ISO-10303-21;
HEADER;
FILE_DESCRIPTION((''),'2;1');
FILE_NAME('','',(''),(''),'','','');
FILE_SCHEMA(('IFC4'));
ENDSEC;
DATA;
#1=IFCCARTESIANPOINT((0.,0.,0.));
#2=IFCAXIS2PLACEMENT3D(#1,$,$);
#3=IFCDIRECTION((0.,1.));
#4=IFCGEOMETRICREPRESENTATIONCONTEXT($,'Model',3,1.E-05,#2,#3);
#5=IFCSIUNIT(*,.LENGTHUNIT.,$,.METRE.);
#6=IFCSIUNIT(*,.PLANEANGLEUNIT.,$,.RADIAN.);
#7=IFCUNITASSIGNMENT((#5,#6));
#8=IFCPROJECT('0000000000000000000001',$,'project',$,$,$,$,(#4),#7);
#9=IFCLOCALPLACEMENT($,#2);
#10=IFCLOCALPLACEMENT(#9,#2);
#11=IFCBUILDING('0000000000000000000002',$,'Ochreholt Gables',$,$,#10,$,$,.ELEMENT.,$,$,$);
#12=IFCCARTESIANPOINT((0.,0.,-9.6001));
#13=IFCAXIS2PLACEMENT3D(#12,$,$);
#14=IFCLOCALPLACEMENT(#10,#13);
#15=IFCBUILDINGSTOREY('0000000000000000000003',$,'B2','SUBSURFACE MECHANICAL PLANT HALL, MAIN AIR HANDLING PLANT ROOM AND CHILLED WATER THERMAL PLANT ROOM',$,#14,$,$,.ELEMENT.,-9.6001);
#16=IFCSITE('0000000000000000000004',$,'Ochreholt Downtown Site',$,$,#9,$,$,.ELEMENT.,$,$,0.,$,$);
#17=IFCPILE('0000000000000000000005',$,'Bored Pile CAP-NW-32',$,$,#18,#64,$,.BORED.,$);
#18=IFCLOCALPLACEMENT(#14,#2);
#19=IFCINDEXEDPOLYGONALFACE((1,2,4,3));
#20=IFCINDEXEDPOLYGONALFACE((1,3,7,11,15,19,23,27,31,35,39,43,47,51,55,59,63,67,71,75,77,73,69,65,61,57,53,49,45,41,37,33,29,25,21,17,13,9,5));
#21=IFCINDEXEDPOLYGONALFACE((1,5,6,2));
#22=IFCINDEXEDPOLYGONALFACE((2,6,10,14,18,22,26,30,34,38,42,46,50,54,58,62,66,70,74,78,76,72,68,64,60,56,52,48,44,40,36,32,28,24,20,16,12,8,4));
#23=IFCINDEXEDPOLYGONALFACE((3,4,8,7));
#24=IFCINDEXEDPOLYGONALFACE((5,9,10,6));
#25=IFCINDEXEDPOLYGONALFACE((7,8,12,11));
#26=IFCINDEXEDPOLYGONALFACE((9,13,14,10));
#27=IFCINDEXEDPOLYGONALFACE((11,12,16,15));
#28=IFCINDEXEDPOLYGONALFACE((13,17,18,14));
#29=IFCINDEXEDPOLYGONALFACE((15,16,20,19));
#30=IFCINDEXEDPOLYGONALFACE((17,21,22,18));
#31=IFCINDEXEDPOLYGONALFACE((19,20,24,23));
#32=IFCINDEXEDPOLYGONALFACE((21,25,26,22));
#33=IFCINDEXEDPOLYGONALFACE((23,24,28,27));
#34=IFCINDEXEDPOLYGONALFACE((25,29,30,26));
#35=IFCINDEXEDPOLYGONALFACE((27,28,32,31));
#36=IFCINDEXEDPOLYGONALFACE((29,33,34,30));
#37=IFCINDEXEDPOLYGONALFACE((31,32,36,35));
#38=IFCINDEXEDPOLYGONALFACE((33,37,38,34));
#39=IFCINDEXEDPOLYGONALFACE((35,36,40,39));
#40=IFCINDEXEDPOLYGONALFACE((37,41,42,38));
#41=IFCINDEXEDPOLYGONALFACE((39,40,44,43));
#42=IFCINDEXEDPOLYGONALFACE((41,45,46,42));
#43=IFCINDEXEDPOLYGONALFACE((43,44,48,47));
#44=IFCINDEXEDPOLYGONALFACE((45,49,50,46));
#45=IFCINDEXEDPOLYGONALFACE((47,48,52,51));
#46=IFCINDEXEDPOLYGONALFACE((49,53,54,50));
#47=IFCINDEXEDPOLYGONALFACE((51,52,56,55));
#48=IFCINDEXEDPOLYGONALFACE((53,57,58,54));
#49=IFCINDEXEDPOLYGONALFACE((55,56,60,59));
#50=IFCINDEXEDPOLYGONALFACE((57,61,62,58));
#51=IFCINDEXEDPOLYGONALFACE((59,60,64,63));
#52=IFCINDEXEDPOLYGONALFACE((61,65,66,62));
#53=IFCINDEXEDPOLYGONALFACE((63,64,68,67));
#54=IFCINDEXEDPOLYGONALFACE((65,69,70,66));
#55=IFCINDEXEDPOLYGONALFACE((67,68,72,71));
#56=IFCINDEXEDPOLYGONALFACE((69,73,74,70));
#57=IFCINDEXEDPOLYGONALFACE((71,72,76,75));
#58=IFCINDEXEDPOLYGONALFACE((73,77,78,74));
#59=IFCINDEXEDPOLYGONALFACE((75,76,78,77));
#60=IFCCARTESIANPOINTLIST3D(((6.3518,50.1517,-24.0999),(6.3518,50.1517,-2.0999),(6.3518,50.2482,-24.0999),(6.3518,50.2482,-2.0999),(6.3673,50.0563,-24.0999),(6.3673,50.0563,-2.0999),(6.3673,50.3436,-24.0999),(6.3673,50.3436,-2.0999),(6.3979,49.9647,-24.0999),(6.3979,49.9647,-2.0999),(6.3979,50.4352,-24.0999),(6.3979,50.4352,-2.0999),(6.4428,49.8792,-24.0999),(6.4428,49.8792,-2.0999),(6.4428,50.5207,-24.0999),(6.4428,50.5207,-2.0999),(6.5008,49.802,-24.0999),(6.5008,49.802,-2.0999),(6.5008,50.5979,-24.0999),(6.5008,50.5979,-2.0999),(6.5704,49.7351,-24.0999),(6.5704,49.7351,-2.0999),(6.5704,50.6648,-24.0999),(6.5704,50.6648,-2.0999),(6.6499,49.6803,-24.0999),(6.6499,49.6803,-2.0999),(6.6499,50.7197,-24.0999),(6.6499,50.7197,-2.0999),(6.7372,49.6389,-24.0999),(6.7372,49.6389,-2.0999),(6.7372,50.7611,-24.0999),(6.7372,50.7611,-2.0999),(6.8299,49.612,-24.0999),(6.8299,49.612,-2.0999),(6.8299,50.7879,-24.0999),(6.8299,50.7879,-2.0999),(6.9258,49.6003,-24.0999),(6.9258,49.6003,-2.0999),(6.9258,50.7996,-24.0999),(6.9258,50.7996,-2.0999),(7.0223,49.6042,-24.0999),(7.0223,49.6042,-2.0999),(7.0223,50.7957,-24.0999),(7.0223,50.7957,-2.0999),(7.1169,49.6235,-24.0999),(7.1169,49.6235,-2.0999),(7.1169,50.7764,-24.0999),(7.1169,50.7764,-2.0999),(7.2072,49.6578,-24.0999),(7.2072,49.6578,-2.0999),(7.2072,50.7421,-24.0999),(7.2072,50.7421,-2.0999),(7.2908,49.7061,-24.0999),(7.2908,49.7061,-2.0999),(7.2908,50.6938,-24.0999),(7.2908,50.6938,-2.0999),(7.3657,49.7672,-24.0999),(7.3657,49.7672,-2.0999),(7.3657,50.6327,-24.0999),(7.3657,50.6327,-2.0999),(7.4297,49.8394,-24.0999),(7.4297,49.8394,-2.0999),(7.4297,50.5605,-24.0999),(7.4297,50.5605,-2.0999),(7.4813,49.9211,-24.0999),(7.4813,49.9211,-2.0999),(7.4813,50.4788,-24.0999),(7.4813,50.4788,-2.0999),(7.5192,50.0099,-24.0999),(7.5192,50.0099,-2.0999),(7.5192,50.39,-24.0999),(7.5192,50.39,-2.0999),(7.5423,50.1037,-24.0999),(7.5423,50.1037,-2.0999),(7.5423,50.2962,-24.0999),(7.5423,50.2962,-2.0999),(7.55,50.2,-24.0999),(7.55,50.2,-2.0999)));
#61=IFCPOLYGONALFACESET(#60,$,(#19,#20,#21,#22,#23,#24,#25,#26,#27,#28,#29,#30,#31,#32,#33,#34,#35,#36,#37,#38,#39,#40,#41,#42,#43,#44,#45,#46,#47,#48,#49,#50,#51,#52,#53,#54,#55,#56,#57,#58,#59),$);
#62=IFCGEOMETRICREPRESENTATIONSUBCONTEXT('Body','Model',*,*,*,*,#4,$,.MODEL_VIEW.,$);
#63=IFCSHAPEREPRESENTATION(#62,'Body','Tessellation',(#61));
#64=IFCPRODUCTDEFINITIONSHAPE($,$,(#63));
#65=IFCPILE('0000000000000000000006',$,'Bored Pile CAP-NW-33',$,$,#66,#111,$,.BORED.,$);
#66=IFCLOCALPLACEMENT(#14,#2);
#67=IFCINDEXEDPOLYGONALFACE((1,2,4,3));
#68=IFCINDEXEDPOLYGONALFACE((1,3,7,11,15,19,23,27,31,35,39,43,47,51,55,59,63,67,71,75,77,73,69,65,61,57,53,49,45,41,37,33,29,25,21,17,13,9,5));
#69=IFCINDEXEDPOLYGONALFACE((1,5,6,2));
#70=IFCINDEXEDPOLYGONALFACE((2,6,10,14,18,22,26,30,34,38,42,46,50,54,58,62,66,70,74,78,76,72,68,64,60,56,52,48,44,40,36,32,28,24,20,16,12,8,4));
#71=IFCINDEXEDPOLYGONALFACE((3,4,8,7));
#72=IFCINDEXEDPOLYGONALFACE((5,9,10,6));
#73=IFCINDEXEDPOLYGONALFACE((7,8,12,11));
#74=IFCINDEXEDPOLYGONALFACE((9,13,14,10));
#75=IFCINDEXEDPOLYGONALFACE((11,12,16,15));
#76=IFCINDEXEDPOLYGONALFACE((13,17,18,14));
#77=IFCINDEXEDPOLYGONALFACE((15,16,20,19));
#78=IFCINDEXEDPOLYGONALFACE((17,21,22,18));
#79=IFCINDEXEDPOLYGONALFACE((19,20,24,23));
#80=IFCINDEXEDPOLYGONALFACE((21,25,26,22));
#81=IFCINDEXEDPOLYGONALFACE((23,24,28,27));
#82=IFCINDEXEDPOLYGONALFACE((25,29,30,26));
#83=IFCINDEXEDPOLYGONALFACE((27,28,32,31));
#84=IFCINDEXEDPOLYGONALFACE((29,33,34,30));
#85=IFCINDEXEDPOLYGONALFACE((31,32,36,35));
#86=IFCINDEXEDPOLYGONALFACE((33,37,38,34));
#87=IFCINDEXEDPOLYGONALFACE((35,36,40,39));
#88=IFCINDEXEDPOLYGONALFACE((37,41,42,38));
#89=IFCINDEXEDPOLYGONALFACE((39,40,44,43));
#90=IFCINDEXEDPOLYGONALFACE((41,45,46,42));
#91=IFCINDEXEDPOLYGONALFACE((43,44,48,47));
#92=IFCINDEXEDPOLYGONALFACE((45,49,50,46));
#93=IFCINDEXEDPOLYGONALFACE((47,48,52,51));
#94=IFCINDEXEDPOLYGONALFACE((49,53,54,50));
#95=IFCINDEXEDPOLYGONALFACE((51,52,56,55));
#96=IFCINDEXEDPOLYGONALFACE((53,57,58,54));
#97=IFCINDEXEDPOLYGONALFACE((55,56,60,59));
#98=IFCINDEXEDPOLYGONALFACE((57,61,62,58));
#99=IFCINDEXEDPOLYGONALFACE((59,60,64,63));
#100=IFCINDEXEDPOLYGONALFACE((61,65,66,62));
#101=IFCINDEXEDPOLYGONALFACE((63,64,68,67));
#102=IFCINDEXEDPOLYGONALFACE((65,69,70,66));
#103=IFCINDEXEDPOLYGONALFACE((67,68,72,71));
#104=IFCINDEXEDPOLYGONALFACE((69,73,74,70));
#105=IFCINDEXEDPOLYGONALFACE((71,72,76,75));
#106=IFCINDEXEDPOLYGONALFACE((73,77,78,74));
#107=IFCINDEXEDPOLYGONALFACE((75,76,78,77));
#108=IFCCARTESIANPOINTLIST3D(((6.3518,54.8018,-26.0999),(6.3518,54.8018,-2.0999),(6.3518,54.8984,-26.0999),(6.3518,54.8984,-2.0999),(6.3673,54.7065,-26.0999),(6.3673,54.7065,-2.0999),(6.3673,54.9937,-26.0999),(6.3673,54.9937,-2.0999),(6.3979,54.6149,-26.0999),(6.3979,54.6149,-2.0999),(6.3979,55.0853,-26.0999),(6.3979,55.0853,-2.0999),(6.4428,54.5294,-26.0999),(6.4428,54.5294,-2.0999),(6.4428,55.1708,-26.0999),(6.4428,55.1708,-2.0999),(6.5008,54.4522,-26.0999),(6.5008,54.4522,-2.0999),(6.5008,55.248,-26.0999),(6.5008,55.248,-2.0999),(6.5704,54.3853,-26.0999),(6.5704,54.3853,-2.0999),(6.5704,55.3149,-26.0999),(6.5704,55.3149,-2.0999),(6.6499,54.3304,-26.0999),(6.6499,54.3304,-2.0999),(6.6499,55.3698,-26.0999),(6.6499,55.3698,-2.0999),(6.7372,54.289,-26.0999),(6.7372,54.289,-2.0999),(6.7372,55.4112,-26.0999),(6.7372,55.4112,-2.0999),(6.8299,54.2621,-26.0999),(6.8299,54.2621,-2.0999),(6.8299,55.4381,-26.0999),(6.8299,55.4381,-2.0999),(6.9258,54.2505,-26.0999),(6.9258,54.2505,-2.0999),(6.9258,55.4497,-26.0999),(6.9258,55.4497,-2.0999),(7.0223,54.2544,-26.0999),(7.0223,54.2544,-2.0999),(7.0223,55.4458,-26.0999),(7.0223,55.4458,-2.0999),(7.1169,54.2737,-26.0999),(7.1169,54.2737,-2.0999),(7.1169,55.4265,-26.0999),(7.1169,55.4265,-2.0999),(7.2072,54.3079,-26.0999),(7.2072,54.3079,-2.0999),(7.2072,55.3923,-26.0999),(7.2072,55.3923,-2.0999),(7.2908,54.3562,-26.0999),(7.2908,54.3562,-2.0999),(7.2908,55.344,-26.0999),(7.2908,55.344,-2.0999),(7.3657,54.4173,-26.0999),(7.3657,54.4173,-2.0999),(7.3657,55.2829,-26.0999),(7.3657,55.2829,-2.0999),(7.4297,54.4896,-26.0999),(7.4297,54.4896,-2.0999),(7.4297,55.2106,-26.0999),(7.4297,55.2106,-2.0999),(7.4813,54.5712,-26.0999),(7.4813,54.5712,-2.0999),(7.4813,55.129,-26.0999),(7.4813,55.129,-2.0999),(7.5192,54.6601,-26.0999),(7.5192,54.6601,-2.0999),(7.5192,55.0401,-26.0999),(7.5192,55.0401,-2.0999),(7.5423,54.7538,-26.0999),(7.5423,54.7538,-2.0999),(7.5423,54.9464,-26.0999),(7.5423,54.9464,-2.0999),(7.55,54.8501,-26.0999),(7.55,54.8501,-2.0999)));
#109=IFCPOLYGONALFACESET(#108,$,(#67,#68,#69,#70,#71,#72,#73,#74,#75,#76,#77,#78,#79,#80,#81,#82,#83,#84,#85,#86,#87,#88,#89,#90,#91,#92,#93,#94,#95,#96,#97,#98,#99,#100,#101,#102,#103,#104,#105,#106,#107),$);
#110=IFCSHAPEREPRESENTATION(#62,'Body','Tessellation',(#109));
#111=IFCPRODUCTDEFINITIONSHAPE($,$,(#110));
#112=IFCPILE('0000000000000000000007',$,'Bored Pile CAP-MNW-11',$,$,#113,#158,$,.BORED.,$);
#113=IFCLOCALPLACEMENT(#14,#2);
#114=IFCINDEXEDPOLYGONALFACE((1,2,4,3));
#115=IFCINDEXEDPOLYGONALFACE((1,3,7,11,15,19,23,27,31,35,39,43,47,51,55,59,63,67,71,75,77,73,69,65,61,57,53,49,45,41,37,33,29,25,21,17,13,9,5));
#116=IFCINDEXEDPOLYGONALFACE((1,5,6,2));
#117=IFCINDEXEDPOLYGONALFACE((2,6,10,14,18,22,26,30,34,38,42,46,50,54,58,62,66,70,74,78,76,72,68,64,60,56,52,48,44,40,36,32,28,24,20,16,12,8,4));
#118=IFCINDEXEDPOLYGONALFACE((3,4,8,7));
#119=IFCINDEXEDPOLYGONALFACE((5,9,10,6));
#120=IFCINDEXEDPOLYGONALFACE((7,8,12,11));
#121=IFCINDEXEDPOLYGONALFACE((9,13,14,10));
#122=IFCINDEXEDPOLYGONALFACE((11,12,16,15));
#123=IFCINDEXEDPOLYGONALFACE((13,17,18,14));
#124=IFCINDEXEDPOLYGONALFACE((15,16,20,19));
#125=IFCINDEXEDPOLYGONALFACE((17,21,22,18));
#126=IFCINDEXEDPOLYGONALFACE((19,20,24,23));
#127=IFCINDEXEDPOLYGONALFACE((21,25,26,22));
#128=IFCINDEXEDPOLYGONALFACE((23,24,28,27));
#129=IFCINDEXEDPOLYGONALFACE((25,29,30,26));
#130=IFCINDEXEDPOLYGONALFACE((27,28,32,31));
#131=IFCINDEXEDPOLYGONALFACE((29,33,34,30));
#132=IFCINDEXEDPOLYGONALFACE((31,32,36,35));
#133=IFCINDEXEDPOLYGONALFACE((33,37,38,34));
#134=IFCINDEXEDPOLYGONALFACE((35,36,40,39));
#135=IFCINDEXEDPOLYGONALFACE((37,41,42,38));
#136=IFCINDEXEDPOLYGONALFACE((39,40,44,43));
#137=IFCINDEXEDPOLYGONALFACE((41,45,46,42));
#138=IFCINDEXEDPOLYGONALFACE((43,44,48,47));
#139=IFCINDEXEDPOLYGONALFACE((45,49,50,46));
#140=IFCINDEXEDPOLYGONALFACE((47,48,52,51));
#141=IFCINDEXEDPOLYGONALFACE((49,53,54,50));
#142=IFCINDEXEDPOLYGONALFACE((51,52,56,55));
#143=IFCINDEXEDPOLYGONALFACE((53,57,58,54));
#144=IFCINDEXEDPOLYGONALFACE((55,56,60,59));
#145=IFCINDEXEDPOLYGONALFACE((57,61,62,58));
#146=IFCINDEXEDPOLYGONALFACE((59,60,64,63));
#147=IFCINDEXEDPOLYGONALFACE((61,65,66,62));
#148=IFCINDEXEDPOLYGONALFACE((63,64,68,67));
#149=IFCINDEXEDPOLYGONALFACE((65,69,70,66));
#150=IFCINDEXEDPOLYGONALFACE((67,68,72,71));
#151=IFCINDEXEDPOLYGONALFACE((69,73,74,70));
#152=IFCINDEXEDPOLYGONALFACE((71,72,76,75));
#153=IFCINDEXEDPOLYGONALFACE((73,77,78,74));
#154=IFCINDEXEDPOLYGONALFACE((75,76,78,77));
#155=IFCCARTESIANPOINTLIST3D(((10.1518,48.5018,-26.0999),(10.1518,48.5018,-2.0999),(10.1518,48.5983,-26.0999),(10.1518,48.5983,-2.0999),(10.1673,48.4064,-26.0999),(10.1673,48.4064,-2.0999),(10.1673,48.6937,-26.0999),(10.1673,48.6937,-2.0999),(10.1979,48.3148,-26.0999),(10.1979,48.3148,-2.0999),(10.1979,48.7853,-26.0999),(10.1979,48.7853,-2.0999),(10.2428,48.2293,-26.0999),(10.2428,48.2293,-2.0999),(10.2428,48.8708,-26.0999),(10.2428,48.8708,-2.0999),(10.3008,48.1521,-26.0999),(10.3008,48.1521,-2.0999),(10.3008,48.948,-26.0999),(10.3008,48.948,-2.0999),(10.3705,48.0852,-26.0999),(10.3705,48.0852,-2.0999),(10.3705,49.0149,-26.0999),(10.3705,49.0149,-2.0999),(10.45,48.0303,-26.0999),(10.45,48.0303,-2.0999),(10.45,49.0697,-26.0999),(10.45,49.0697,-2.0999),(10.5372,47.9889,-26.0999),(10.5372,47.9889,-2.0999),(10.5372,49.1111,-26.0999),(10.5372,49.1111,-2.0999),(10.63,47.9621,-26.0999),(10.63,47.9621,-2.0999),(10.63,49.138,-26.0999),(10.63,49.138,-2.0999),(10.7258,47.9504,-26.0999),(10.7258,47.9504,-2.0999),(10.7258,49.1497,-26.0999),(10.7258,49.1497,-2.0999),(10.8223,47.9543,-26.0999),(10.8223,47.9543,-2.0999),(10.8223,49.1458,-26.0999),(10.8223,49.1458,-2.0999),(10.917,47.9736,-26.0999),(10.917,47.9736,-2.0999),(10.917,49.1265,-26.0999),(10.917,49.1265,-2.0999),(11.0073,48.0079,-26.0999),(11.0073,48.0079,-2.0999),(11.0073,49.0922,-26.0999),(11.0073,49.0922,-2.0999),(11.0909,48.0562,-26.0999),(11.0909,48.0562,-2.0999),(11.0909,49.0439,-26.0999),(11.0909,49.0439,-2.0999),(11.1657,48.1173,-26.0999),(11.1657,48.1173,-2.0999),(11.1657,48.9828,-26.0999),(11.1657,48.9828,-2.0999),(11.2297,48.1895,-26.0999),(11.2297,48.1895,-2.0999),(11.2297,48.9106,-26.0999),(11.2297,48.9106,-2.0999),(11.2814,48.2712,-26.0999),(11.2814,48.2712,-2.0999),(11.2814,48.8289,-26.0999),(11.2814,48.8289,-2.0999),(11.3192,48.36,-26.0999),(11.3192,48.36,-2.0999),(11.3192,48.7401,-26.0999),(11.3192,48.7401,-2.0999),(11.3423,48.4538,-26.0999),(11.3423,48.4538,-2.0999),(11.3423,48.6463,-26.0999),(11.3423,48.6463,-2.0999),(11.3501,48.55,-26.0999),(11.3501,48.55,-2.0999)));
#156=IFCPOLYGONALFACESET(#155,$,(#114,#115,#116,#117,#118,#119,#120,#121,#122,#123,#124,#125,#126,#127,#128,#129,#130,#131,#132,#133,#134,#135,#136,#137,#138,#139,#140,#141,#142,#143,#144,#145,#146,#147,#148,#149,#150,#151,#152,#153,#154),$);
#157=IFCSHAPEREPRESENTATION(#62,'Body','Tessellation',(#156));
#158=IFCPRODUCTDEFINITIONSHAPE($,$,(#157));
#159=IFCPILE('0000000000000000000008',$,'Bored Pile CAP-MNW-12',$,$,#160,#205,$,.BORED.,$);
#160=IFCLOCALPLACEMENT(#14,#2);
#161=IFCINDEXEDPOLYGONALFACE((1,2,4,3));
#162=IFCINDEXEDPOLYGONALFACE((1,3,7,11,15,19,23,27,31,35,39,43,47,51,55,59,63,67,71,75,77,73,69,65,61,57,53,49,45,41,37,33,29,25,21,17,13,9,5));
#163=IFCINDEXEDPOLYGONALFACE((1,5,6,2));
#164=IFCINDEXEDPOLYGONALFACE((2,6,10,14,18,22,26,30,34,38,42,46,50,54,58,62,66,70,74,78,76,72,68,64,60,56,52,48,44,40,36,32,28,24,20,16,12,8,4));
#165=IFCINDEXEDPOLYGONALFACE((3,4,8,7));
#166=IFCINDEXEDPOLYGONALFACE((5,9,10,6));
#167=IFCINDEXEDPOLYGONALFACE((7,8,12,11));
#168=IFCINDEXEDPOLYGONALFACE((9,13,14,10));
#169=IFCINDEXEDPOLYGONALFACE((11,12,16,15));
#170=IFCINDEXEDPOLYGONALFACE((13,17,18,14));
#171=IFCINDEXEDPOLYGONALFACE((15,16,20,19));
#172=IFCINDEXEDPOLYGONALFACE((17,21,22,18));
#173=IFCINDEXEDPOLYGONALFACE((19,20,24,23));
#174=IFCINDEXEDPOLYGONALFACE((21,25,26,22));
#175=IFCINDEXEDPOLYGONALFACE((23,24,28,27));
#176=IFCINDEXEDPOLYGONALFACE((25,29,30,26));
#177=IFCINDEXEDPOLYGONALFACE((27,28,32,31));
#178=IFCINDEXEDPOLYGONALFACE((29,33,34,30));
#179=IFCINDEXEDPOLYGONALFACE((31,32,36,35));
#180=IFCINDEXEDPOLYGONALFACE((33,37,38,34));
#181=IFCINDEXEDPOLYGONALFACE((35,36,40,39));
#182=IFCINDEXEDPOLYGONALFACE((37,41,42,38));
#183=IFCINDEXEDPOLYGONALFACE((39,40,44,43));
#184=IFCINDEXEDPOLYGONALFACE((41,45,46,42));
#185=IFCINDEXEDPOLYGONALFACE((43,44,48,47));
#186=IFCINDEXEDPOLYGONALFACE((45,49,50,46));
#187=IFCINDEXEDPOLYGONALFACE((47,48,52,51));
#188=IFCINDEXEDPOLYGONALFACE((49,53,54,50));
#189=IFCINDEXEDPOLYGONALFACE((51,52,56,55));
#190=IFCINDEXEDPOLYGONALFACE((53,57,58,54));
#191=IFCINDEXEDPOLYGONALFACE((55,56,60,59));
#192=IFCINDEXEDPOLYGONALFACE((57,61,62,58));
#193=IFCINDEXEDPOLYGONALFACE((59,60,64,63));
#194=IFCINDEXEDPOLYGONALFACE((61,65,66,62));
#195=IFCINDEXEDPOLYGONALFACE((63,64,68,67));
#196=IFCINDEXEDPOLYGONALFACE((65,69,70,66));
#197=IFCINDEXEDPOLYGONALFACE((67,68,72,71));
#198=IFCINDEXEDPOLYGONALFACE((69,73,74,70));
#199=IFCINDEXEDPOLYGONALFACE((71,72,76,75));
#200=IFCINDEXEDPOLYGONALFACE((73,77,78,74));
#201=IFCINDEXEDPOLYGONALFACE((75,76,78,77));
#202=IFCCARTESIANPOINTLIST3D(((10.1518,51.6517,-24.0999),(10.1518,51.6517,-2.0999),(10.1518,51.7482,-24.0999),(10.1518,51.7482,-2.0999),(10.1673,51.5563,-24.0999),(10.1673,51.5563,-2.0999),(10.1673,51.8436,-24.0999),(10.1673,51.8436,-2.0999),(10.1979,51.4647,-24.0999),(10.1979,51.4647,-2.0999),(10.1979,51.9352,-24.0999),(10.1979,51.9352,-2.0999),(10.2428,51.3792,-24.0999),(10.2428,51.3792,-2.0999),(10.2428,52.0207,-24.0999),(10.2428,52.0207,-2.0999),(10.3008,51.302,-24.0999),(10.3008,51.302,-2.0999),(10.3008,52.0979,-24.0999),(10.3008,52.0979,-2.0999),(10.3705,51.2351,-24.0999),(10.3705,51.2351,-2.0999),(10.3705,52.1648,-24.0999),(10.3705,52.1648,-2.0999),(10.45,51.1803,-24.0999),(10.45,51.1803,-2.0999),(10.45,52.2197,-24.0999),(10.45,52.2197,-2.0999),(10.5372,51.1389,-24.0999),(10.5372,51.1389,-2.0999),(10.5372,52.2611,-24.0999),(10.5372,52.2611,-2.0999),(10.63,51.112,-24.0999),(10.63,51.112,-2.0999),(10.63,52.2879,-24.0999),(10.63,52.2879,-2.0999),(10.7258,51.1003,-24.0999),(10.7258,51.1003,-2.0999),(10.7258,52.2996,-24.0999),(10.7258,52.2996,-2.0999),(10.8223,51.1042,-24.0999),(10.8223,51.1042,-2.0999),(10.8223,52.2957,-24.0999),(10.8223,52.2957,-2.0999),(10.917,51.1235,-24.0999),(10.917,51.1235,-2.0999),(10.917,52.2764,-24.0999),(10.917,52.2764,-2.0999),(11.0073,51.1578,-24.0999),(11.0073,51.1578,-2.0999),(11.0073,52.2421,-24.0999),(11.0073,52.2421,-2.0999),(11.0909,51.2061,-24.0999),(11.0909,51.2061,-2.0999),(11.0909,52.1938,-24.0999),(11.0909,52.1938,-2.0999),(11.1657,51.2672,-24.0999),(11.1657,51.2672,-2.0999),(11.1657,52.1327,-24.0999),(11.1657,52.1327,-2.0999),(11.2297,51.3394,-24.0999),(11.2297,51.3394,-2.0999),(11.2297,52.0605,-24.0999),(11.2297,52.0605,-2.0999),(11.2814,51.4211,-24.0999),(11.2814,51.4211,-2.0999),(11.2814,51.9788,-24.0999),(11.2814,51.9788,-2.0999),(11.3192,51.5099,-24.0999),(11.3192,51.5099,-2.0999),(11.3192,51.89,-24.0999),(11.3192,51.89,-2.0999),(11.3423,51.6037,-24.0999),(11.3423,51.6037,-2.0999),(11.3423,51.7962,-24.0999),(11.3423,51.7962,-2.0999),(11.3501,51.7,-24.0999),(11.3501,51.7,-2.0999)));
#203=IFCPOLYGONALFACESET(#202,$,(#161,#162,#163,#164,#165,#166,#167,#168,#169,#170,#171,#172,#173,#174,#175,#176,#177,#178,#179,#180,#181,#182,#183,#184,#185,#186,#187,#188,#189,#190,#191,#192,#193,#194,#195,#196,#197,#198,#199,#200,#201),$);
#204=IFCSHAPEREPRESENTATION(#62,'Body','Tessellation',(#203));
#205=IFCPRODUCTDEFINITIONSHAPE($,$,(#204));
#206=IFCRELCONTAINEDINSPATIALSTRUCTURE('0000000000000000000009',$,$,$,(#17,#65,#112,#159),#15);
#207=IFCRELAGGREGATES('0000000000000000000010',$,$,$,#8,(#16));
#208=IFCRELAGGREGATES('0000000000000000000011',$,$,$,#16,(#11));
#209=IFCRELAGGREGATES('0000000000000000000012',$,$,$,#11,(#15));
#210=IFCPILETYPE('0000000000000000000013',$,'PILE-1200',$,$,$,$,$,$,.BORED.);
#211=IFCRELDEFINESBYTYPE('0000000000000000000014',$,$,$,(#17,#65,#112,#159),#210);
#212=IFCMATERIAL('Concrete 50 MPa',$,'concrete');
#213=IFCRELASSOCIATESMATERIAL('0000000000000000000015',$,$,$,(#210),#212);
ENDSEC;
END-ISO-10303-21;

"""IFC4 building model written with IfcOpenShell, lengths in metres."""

from ifc_helpers import new_model, si_unit, direction, frame, origin, origin_2d, place, context, subcontext, project, spatial, circle, extrude, material, material_profile, profile_set, type_object, element, save


model = new_model("IFC4")

# Units and contexts
model_context = context("Model", 3, precision=1e-05, world=origin(), true_north=direction((0.0, 1.0)))
body_context = subcontext(model_context, "Body", "Model", "MODEL_VIEW")
ifc_project = project(units=[si_unit("LENGTHUNIT", "METRE"), si_unit("PLANEANGLEUNIT", "RADIAN")], contexts=[model_context])

# Site, building, storey
site_placement = place(None, origin())
site = spatial("IfcSite", under=ifc_project, at=site_placement, Name="Ochreholt Downtown Site", CompositionType="ELEMENT", RefElevation=0.0)
building_placement = place(site_placement, origin())
building = spatial("IfcBuilding", under=site, at=building_placement, Name="Ochreholt Gables", CompositionType="ELEMENT")
storey_placement = place(building_placement, frame((0.0, 0.0, -9.6001)))
storey = spatial("IfcBuildingStorey", under=building, at=storey_placement, Name="B2", Description="SUBSURFACE MECHANICAL PLANT HALL, MAIN AIR HANDLING PLANT ROOM AND CHILLED WATER THERMAL PLANT ROOM", CompositionType="ELEMENT", Elevation=-9.6001)

# Shared definitions
ifc_material_1 = material(Name="Concrete 50 MPa", Category="concrete")

# Piles
ifc_material_profile_1 = material_profile(ifc_material_1, circle(Radius=0.6001, at=origin_2d()), Name="PILE1200")
ifc_profile_set_1 = profile_set([ifc_material_profile_1], Name="Concrete 50 MPa")
pile_type = type_object("IfcPileType", Name="PILE-1200", PredefinedType="BORED", material=ifc_profile_set_1)
pile_1_placement = place(storey_placement, frame((6.95, 50.2, -2.0999), z_axis=(0.0, 0.0, -1.0), x_axis=(1.0, 0.0, 0.0)))
element("IfcPile", 1, at=pile_1_placement, inside=storey, type_object=pile_type, Name="Bored Pile CAP-NW-32", PredefinedType="BORED", context=body_context, shape_type="SweptSolid", body=[
    extrude(circle(Radius=0.6001, at=origin_2d()), origin(), (0.0, 0.0, 1.0), 22.0),
])
for number, where, z_axis, x_axis, name in (
    (2, (6.95, 54.8501, -2.0999), (0.0, 0.0, -1.0), (1.0, 0.0, 0.0), "Bored Pile CAP-NW-33"),
    (3, (10.75, 48.55, -2.0999), (0.0, 0.0, -1.0), (1.0, 0.0, 0.0), "Bored Pile CAP-MNW-11"),
):
    element("IfcPile", number, at=place(storey_placement, frame(where, z_axis=z_axis, x_axis=x_axis)), inside=storey, type_object=pile_type, Name=name, PredefinedType="BORED", context=body_context, shape_type="SweptSolid", body=[
        extrude(circle(Radius=0.6001, at=origin_2d()), origin(), (0.0, 0.0, 1.0), 24.0),
    ])
pile_2_placement = place(storey_placement, frame((10.75, 51.7, -2.0999), z_axis=(0.0, 0.0, -1.0), x_axis=(1.0, 0.0, 0.0)))
element("IfcPile", 4, at=pile_2_placement, inside=storey, type_object=pile_type, Name="Bored Pile CAP-MNW-12", PredefinedType="BORED", context=body_context, shape_type="SweptSolid", body=[
    extrude(circle(Radius=0.6001, at=origin_2d()), origin(), (0.0, 0.0, 1.0), 22.0),
])

save(model, "model.ifc")
